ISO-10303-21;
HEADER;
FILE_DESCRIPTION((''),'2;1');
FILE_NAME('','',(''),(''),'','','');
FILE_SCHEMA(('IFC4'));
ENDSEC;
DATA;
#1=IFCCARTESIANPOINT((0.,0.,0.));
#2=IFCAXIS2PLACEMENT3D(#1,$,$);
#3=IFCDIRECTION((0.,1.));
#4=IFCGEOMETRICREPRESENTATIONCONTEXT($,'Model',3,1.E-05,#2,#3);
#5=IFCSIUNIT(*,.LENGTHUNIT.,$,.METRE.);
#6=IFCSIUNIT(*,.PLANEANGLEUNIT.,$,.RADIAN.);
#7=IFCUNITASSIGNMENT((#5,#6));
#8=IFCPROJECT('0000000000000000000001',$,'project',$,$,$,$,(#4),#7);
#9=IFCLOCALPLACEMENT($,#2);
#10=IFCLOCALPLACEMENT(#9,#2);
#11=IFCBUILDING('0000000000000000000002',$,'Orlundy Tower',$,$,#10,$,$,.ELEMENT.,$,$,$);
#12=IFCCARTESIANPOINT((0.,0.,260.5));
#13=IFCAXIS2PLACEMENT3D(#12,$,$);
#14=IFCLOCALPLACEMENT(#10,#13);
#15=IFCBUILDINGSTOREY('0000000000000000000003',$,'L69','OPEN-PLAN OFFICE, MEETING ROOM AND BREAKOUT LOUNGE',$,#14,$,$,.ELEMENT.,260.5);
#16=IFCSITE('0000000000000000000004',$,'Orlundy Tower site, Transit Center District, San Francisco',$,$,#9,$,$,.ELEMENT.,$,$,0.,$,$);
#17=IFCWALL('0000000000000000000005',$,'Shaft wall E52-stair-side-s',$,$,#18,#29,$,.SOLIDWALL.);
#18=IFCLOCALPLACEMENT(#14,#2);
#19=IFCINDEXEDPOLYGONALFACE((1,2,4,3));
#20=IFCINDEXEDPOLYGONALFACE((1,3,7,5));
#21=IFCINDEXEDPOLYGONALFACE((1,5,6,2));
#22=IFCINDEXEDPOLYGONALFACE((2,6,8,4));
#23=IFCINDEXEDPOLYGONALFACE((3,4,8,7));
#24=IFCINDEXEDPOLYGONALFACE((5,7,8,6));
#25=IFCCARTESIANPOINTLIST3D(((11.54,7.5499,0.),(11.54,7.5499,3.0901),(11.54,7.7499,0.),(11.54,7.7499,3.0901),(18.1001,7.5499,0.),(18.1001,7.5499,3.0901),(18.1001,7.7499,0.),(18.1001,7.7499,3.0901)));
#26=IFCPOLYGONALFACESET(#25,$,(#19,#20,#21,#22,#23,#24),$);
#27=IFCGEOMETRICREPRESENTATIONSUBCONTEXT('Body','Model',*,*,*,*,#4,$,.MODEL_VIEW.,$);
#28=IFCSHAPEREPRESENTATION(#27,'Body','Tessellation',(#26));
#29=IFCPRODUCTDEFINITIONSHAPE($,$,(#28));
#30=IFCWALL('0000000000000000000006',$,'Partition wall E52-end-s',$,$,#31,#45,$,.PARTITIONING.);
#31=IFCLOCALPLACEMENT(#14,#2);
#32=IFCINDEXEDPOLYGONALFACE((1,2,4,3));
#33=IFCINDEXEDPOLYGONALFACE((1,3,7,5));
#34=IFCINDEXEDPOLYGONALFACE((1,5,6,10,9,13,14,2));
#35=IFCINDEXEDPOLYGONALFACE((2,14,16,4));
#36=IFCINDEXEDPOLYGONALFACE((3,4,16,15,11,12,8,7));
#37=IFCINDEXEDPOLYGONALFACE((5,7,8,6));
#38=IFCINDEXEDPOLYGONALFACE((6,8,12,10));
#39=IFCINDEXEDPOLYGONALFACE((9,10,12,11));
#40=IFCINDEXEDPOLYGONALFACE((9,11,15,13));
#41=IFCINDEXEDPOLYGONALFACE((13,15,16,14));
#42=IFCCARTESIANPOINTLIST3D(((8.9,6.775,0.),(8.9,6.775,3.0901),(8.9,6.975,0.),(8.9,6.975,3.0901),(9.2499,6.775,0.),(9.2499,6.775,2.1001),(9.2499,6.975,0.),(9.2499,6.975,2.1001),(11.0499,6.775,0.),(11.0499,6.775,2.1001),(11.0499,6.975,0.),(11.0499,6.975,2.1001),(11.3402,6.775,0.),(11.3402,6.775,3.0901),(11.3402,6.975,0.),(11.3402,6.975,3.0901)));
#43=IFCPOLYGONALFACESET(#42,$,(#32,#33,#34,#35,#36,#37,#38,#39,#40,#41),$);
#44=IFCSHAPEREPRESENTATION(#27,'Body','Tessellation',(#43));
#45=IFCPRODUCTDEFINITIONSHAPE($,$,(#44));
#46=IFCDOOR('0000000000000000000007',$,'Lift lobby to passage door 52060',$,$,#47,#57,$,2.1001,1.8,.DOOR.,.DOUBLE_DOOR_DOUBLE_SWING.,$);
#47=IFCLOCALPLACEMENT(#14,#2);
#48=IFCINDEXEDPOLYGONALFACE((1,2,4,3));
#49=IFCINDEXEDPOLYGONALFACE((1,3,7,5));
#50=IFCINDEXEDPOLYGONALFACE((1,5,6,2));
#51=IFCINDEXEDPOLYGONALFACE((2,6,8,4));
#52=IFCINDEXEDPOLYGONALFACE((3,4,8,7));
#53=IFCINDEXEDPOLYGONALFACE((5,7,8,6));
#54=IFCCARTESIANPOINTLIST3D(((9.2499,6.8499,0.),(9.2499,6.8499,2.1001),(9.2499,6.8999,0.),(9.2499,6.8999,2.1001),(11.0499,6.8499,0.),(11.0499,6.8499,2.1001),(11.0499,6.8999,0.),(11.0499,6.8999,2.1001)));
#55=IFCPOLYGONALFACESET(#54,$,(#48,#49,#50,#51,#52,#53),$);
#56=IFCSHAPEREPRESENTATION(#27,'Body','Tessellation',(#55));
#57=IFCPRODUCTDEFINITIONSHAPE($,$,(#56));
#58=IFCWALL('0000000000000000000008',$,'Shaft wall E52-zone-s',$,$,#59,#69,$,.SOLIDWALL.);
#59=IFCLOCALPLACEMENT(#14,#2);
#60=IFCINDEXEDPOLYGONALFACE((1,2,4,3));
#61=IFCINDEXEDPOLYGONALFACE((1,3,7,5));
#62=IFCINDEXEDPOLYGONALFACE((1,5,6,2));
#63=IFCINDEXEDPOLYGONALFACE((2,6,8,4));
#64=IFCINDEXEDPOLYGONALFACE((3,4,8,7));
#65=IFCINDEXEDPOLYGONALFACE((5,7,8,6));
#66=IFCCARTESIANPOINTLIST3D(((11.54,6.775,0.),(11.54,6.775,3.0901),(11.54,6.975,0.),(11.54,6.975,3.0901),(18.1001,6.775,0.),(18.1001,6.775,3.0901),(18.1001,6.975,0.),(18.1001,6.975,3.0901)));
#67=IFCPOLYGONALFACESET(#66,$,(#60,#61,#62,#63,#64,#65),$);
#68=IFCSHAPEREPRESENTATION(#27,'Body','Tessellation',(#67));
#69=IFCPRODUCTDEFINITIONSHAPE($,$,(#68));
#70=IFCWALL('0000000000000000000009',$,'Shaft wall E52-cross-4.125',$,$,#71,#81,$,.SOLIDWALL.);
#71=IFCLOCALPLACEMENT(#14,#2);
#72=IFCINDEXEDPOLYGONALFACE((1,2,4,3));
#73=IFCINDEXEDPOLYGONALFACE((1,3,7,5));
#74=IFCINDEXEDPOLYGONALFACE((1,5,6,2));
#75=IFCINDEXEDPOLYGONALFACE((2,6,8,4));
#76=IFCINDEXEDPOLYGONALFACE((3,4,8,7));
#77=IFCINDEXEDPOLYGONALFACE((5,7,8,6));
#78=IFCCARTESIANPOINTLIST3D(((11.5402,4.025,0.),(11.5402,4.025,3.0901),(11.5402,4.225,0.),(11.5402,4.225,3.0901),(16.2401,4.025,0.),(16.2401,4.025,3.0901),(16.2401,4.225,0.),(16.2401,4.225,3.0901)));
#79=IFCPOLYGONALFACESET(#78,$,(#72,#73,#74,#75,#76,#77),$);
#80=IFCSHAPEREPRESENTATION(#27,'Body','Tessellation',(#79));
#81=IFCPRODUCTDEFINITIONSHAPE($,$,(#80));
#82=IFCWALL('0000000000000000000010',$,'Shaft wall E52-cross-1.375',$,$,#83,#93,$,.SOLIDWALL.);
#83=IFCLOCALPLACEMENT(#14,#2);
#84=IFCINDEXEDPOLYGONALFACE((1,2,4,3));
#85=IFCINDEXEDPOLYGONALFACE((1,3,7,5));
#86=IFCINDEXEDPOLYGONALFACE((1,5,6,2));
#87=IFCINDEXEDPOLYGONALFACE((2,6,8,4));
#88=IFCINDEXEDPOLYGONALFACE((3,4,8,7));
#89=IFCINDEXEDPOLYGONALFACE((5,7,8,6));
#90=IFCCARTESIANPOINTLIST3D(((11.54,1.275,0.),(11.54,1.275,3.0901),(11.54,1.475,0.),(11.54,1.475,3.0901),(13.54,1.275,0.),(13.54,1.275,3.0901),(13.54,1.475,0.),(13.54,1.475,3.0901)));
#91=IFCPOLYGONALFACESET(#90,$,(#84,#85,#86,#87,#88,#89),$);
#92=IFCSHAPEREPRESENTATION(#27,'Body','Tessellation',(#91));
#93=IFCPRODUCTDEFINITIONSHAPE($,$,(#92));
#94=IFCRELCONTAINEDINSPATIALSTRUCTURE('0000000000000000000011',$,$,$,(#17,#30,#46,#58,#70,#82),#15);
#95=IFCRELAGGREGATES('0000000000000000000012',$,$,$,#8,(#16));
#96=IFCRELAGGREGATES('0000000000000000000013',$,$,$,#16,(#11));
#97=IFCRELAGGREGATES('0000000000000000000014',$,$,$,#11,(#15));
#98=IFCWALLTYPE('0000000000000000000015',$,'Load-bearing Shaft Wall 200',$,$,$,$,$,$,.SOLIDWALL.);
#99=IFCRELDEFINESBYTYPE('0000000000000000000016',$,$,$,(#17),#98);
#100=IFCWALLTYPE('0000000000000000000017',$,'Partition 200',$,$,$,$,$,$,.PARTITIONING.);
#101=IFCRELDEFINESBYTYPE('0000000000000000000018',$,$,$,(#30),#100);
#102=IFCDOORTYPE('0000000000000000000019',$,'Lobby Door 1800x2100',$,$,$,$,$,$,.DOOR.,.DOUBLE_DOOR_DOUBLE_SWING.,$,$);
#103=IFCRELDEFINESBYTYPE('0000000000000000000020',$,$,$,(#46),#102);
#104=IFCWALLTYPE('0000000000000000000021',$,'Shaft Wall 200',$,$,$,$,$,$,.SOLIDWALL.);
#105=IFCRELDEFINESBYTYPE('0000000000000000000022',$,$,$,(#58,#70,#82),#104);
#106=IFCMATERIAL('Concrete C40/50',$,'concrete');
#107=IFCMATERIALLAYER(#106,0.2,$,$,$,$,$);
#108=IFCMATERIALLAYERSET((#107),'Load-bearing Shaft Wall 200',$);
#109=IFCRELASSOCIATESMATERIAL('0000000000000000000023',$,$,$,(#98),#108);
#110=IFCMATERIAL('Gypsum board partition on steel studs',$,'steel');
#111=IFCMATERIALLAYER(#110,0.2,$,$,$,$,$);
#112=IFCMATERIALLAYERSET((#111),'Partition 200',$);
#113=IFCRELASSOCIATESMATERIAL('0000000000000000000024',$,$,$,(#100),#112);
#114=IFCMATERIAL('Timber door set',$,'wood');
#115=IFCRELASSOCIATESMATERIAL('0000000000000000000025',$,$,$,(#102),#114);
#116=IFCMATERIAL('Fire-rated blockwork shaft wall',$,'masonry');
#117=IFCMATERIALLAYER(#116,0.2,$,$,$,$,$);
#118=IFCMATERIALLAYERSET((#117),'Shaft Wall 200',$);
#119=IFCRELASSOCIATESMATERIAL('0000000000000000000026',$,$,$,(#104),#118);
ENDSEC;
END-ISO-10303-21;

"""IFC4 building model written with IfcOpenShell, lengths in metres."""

from ifc_helpers import new_model, si_unit, direction, frame, frame_2d, origin, place, context, subcontext, project, spatial, rectangle, extrude, material, layer, layer_set, type_object, element, fill, save


model = new_model("IFC4")

# Units and contexts
model_context = context("Model", 3, precision=1e-05, world=origin(), true_north=direction((0.0, 1.0)))
body_context = subcontext(model_context, "Body", "Model", "MODEL_VIEW")
ifc_project = project(units=[si_unit("LENGTHUNIT", "METRE"), si_unit("PLANEANGLEUNIT", "RADIAN")], contexts=[model_context])

# Site, building, storey
site_placement = place(None, origin())
site = spatial("IfcSite", under=ifc_project, at=site_placement, Name="Orlundy Tower site, Transit Center District, San Francisco", CompositionType="ELEMENT", RefElevation=0.0)
building_placement = place(site_placement, origin())
building = spatial("IfcBuilding", under=site, at=building_placement, Name="Orlundy Tower", CompositionType="ELEMENT")
storey_placement = place(building_placement, frame((0.0, 0.0, 260.5)))
storey = spatial("IfcBuildingStorey", under=building, at=storey_placement, Name="L69", Description="OPEN-PLAN OFFICE, MEETING ROOM AND BREAKOUT LOUNGE", CompositionType="ELEMENT", Elevation=260.5)

# Wall
ifc_material_1 = material(Name="Concrete C40/50", Category="concrete")
ifc_layer_1 = layer(ifc_material_1, 0.2)
ifc_layer_set_1 = layer_set([ifc_layer_1], Name="Load-bearing Shaft Wall 200")
wall_type_1 = type_object("IfcWallType", Name="Load-bearing Shaft Wall 200", PredefinedType="SOLIDWALL", material=ifc_layer_set_1)
wall_1_placement = place(storey_placement, frame((11.54, 7.6499, 0.0), z_axis=(0.0, 0.0, 1.0), x_axis=(1.0, 0.0, 0.0)))
element("IfcWall", 1, at=wall_1_placement, inside=storey, type_object=wall_type_1, Name="Shaft wall E52-stair-side-s", PredefinedType="SOLIDWALL", context=body_context, shape_type="SweptSolid", body=[
    extrude(rectangle(XDim=6.5601, YDim=0.2, at=frame_2d((3.28, 0.0))), origin(), (0.0, 0.0, 1.0), 3.0901),
])

# Wall, opening, door
ifc_material_2 = material(Name="Gypsum board partition on steel studs", Category="steel")
ifc_layer_2 = layer(ifc_material_2, 0.2)
ifc_layer_set_2 = layer_set([ifc_layer_2], Name="Partition 200")
wall_type_2 = type_object("IfcWallType", Name="Partition 200", PredefinedType="PARTITIONING", material=ifc_layer_set_2)
wall_2_placement = place(storey_placement, frame((8.8999, 6.875, 0.0), z_axis=(0.0, 0.0, 1.0), x_axis=(1.0, 0.0, 0.0)))
wall_2 = element("IfcWall", 2, at=wall_2_placement, inside=storey, type_object=wall_type_2, Name="Partition wall E52-end-s", PredefinedType="PARTITIONING", context=body_context, shape_type="SweptSolid", body=[
    extrude(rectangle(XDim=2.4402, YDim=0.2, at=frame_2d((1.2202, 0.0))), origin(), (0.0, 0.0, 1.0), 3.0901),
])
opening_1_placement = place(wall_2_placement, frame((0.3501, 0.0, 0.0)))
opening_1 = element("IfcOpeningElement", 3, at=opening_1_placement, cuts=wall_2, PredefinedType="OPENING", context=body_context, shape_type="SweptSolid", body=[
    extrude(rectangle(XDim=1.8, YDim=2.1001, at=frame_2d((0.8999, 1.05))), frame((0.0, 0.1101, 0.0), z_axis=(0.0, -1.0, 0.0), x_axis=(1.0, 0.0, 0.0)), (0.0, 0.0, 1.0), 0.2202),
])
ifc_material_3 = material(Name="Timber door set", Category="wood")
door_type_1 = type_object("IfcDoorType", Name="Lobby Door 1800x2100", OperationType="DOUBLE_DOOR_DOUBLE_SWING", PredefinedType="DOOR", material=ifc_material_3)
door_1_placement = place(opening_1_placement, origin())
door_1 = element("IfcDoor", 4, at=door_1_placement, inside=storey, type_object=door_type_1, Name="Lift lobby to passage door 52060", OperationType="DOUBLE_DOOR_DOUBLE_SWING", OverallHeight=2.1001, OverallWidth=1.8, PredefinedType="DOOR", context=body_context, shape_type="SweptSolid", body=[
    extrude(rectangle(XDim=1.8, YDim=2.1001, at=frame_2d((0.8999, 1.05))), frame((0.0, 0.0249, 0.0), z_axis=(0.0, -1.0, 0.0), x_axis=(1.0, 0.0, 0.0)), (0.0, 0.0, 1.0), 0.05),
])
fill(opening_1, door_1)

# Walls
ifc_material_4 = material(Name="Fire-rated blockwork shaft wall", Category="masonry")
ifc_layer_3 = layer(ifc_material_4, 0.2)
ifc_layer_set_3 = layer_set([ifc_layer_3], Name="Shaft Wall 200")
wall_type_3 = type_object("IfcWallType", Name="Shaft Wall 200", PredefinedType="SOLIDWALL", material=ifc_layer_set_3)
wall_3_placement = place(storey_placement, frame((11.54, 6.875, 0.0), z_axis=(0.0, 0.0, 1.0), x_axis=(1.0, 0.0, 0.0)))
element("IfcWall", 5, at=wall_3_placement, inside=storey, type_object=wall_type_3, Name="Shaft wall E52-zone-s", PredefinedType="SOLIDWALL", context=body_context, shape_type="SweptSolid", body=[
    extrude(rectangle(XDim=6.5601, YDim=0.2, at=frame_2d((3.28, 0.0))), origin(), (0.0, 0.0, 1.0), 3.0901),
])
wall_4_placement = place(storey_placement, frame((11.54, 4.125, 0.0), z_axis=(0.0, 0.0, 1.0), x_axis=(1.0, 0.0, 0.0)))
element("IfcWall", 6, at=wall_4_placement, inside=storey, type_object=wall_type_3, Name="Shaft wall E52-cross-4.125", PredefinedType="SOLIDWALL", context=body_context, shape_type="SweptSolid", body=[
    extrude(rectangle(XDim=4.7, YDim=0.2, at=frame_2d((2.3501, 0.0))), origin(), (0.0, 0.0, 1.0), 3.0901),
])
wall_5_placement = place(storey_placement, frame((11.54, 1.375, 0.0), z_axis=(0.0, 0.0, 1.0), x_axis=(1.0, 0.0, 0.0)))
element("IfcWall", 7, at=wall_5_placement, inside=storey, type_object=wall_type_3, Name="Shaft wall E52-cross-1.375", PredefinedType="SOLIDWALL", context=body_context, shape_type="SweptSolid", body=[
    extrude(rectangle(XDim=2.0, YDim=0.2, at=frame_2d((1.0, 0.0))), origin(), (0.0, 0.0, 1.0), 3.0901),
])

save(model, "model.ifc")
